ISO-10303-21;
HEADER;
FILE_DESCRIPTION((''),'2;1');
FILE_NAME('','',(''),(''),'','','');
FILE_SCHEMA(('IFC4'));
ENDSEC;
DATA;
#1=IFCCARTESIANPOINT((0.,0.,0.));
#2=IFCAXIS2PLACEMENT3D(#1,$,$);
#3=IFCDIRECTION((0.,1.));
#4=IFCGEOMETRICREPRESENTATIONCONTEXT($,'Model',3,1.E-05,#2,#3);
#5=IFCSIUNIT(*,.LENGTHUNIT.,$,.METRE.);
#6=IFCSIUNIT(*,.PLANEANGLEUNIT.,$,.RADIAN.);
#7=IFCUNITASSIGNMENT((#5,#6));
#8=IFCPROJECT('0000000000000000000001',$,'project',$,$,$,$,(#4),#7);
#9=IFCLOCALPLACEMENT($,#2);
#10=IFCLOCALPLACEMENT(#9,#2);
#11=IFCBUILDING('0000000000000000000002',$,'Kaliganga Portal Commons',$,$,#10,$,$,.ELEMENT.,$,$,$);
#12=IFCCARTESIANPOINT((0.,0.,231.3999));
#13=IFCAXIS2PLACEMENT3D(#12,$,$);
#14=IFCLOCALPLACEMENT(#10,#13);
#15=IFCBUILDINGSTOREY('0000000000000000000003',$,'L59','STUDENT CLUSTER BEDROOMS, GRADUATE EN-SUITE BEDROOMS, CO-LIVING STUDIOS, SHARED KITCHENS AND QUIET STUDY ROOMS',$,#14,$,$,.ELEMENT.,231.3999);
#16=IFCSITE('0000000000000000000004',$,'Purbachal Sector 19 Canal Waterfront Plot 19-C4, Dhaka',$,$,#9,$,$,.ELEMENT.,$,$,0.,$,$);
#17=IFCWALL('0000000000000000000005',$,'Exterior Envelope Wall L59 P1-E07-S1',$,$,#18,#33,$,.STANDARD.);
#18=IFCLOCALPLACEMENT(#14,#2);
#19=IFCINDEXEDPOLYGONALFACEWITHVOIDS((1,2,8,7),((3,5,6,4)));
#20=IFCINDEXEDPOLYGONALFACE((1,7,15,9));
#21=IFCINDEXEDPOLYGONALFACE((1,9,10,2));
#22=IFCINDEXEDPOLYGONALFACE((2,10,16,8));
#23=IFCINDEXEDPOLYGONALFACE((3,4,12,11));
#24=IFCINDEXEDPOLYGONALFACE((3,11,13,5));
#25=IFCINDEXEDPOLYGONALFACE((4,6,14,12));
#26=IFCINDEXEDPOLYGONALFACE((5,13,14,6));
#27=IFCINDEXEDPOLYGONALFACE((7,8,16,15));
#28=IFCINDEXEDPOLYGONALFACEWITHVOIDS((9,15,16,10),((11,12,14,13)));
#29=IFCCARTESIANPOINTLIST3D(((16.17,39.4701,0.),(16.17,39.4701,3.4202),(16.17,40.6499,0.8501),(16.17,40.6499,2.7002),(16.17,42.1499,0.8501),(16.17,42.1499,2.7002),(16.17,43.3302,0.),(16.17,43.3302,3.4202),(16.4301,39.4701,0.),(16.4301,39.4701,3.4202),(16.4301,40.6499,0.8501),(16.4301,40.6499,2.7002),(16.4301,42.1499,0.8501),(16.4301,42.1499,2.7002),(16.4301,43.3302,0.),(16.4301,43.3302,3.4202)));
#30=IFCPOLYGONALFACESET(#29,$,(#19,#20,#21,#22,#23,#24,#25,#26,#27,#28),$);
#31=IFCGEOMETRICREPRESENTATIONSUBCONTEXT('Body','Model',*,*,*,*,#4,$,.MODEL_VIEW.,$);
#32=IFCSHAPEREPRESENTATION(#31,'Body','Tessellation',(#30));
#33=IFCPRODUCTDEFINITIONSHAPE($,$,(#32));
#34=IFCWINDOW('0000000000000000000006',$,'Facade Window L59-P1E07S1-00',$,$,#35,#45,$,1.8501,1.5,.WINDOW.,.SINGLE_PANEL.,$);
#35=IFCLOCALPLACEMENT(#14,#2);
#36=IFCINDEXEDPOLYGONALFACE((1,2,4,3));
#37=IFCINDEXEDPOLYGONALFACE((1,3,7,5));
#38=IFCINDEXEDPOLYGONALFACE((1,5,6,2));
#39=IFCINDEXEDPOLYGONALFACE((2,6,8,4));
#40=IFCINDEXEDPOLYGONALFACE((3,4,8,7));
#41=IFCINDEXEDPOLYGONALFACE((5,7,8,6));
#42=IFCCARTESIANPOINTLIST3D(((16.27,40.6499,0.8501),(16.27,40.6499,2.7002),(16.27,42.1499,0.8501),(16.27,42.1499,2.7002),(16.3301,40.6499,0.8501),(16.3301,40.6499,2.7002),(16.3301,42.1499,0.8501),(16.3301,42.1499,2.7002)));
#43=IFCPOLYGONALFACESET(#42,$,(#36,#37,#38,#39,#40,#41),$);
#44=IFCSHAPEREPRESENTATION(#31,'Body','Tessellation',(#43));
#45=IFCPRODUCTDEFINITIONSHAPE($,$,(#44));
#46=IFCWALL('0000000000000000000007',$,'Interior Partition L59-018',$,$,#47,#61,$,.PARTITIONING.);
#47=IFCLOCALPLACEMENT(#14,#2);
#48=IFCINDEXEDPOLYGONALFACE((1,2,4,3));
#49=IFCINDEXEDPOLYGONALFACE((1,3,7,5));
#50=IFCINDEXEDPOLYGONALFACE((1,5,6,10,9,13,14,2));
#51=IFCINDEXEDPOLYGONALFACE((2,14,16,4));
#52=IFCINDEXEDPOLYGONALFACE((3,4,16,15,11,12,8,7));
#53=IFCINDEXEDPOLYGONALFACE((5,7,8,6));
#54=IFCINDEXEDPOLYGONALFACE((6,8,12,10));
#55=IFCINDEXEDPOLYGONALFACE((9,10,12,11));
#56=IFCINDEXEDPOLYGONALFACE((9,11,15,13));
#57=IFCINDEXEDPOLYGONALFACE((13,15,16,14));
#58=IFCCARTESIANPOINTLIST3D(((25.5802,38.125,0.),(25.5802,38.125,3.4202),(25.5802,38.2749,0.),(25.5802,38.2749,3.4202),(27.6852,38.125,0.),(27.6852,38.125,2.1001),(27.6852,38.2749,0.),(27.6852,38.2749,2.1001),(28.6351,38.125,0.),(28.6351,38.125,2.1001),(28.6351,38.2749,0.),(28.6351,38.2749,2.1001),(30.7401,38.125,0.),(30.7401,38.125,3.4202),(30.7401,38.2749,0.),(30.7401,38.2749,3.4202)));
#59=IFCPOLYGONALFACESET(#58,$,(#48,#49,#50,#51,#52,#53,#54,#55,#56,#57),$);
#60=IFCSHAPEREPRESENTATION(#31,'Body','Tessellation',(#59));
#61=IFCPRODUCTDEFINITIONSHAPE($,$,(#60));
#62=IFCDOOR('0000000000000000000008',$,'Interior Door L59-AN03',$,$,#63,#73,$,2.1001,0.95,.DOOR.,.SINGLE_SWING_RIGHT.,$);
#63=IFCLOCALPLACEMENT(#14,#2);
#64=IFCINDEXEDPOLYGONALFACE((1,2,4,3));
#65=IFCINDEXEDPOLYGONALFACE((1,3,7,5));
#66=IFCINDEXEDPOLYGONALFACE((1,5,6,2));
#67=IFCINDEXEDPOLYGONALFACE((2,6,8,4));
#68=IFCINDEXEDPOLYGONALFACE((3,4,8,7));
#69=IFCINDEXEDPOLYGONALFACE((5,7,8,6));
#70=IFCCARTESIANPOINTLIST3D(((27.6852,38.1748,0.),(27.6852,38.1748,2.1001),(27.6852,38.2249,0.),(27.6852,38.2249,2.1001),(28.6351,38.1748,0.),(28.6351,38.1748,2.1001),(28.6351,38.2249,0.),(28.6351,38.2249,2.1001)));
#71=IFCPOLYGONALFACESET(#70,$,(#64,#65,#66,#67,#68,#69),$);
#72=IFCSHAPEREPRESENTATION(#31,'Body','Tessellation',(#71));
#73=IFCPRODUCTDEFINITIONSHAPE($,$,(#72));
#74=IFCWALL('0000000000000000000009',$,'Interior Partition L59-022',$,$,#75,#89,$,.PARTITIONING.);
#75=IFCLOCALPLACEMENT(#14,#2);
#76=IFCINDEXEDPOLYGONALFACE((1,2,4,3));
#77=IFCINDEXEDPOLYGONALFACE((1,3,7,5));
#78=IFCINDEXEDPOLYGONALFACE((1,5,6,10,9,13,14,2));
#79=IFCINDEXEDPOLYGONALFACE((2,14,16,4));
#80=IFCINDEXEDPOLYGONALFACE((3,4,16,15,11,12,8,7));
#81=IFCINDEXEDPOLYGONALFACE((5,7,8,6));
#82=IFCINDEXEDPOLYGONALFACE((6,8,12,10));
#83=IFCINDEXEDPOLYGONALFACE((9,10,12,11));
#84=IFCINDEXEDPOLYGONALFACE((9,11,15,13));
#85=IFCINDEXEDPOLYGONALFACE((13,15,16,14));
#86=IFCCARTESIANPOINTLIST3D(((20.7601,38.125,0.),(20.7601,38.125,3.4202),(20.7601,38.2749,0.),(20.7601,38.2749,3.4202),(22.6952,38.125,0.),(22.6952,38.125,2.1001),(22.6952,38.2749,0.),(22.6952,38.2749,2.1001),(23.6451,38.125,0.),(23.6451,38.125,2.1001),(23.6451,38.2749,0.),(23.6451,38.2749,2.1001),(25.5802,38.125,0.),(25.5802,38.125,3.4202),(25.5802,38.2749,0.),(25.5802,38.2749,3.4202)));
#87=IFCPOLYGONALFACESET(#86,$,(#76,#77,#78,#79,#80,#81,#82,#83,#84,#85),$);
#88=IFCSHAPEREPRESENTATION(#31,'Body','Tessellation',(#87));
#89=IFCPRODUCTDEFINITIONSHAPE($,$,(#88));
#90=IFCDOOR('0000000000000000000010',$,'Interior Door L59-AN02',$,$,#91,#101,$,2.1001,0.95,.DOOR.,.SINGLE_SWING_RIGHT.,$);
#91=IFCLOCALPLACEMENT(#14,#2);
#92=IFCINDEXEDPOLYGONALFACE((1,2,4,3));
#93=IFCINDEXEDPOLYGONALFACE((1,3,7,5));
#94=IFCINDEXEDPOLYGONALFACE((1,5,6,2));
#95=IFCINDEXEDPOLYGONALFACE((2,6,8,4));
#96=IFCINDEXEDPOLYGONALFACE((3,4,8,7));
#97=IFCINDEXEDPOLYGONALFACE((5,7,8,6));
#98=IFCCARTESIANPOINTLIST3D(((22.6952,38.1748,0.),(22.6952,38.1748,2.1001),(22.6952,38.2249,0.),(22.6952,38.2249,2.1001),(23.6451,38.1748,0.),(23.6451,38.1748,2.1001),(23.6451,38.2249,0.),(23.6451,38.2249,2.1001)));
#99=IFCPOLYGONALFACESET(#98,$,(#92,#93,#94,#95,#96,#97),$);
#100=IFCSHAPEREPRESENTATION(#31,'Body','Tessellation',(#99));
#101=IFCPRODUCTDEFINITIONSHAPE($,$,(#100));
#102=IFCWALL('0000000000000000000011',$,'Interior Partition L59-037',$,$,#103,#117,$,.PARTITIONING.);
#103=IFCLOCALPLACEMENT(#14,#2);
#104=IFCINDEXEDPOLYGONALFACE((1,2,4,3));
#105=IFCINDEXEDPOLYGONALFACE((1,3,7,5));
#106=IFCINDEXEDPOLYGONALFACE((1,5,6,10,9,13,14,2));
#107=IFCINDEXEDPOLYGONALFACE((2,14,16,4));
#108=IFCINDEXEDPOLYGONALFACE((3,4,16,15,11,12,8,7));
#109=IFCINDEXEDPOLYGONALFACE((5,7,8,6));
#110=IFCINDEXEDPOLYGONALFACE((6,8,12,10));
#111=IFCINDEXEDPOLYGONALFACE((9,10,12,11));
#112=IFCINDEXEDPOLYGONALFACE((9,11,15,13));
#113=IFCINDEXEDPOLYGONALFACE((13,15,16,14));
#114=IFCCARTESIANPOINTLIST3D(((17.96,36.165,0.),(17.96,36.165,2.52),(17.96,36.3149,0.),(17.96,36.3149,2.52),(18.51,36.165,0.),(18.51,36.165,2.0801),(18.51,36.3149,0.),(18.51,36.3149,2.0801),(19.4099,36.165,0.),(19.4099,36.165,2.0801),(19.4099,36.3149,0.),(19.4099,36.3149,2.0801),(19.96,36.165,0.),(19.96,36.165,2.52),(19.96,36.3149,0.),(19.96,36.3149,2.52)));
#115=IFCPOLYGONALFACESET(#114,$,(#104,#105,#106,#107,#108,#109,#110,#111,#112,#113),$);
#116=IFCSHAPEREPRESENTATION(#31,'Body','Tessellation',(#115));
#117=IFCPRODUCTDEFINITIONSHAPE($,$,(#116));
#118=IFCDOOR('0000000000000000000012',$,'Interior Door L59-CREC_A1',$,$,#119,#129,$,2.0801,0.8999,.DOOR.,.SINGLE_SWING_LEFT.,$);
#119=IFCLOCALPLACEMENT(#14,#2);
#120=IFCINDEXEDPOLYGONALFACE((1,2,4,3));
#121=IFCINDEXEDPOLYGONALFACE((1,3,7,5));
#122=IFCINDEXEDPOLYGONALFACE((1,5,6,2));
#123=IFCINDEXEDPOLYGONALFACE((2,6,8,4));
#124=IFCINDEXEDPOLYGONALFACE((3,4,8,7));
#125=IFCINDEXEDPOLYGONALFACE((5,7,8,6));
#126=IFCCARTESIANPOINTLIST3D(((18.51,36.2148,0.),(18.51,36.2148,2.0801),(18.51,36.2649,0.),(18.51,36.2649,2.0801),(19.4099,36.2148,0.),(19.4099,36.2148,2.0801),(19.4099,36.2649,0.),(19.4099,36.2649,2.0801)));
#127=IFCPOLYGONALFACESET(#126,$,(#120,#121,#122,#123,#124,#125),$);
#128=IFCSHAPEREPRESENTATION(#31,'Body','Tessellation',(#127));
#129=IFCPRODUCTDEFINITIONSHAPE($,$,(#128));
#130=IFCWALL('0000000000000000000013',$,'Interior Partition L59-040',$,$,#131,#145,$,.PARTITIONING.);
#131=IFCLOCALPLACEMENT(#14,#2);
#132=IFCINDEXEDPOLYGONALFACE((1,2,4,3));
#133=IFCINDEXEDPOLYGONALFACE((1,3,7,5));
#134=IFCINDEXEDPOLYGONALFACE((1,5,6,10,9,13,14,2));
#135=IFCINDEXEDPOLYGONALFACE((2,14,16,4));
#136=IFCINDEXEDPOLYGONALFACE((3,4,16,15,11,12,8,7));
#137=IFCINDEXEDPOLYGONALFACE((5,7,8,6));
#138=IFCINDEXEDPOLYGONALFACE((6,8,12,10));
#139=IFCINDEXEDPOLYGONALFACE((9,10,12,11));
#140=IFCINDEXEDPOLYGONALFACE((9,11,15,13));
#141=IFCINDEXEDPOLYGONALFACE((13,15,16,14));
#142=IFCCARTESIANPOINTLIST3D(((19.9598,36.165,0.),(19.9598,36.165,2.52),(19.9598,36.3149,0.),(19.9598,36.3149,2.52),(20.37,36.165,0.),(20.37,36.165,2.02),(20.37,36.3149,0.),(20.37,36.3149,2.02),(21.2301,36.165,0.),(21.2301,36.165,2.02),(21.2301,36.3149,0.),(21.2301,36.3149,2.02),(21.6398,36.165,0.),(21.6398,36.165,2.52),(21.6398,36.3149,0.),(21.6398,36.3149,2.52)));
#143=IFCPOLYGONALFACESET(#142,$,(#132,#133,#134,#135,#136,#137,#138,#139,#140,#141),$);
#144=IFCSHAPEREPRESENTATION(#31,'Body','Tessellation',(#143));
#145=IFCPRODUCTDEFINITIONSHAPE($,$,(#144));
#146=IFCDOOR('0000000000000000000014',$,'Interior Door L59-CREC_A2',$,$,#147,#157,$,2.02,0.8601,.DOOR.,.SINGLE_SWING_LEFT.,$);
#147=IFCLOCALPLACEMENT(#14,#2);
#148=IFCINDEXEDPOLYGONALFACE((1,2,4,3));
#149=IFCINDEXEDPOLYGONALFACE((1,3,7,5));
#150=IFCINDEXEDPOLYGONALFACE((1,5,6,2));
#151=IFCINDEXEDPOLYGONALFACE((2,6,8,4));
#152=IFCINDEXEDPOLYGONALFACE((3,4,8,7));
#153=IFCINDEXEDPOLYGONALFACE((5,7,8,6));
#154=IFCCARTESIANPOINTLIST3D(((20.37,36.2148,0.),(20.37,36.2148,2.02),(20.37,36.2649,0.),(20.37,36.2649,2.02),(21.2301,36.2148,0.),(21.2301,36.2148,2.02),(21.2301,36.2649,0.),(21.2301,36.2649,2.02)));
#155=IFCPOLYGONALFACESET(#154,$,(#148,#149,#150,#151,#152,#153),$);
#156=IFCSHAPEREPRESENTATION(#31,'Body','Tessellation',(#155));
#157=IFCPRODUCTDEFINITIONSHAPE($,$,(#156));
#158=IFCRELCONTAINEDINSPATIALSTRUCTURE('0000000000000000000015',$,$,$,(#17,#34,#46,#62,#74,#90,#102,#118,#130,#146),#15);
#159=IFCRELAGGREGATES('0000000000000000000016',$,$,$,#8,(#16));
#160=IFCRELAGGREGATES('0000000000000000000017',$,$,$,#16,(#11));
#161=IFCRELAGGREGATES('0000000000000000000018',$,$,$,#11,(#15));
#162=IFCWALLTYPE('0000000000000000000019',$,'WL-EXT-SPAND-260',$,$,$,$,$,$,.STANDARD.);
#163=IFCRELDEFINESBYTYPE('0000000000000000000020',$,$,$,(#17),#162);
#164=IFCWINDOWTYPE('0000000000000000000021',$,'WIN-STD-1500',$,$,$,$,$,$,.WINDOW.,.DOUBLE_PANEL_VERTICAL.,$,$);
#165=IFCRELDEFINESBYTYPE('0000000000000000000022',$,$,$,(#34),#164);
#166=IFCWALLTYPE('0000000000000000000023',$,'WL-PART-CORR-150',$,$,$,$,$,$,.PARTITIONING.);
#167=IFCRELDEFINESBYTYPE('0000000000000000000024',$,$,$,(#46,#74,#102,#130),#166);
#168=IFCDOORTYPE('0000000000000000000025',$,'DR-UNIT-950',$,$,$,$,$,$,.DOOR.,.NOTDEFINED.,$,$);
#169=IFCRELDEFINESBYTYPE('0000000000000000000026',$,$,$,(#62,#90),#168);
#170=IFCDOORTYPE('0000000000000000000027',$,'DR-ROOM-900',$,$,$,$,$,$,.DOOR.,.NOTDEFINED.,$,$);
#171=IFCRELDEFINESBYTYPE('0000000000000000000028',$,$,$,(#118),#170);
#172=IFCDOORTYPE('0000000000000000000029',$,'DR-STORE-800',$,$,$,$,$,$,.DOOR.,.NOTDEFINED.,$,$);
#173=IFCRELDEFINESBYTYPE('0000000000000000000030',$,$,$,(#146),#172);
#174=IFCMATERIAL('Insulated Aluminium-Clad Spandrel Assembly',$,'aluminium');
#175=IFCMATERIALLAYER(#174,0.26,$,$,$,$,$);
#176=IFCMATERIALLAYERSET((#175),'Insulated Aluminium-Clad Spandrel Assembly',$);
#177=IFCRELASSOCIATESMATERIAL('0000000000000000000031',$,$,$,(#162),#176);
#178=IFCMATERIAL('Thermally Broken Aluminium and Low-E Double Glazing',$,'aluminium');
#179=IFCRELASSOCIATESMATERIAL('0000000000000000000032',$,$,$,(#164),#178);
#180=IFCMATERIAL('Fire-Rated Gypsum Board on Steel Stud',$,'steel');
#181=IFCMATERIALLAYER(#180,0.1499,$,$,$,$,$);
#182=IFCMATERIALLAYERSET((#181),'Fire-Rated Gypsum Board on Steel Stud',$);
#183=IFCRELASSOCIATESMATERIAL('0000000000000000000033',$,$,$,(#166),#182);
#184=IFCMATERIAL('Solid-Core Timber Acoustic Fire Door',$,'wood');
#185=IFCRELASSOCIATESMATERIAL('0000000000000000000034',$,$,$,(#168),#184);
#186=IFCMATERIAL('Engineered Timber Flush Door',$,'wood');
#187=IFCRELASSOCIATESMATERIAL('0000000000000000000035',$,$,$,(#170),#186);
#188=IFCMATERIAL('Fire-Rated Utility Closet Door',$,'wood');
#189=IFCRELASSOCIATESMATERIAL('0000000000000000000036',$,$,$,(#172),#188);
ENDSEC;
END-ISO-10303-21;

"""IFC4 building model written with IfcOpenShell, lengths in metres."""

from ifc_helpers import new_model, si_unit, direction, frame, frame_2d, origin, place, context, subcontext, project, spatial, rectangle, extrude, material, layer, layer_set, type_object, element, fill, save


model = new_model("IFC4")

# Units and contexts
model_context = context("Model", 3, precision=1e-05, world=origin(), true_north=direction((0.0, 1.0)))
body_context = subcontext(model_context, "Body", "Model", "MODEL_VIEW")
ifc_project = project(units=[si_unit("LENGTHUNIT", "METRE"), si_unit("PLANEANGLEUNIT", "RADIAN")], contexts=[model_context])

# Site, building, storey
site_placement = place(None, origin())
site = spatial("IfcSite", under=ifc_project, at=site_placement, Name="Purbachal Sector 19 Canal Waterfront Plot 19-C4, Dhaka", CompositionType="ELEMENT", RefElevation=0.0)
building_placement = place(site_placement, origin())
building = spatial("IfcBuilding", under=site, at=building_placement, Name="Kaliganga Portal Commons", CompositionType="ELEMENT")
storey_placement = place(building_placement, frame((0.0, 0.0, 231.3999)))
storey = spatial("IfcBuildingStorey", under=building, at=storey_placement, Name="L59", Description="STUDENT CLUSTER BEDROOMS, GRADUATE EN-SUITE BEDROOMS, CO-LIVING STUDIOS, SHARED KITCHENS AND QUIET STUDY ROOMS", CompositionType="ELEMENT", Elevation=231.3999)

# Shared definitions
ifc_material_1 = material(Name="Insulated Aluminium-Clad Spandrel Assembly", Category="aluminium")
ifc_layer_1 = layer(ifc_material_1, 0.26)
ifc_layer_set_1 = layer_set([ifc_layer_1], Name="Insulated Aluminium-Clad Spandrel Assembly")
wall_type_1 = type_object("IfcWallType", Name="WL-EXT-SPAND-260", PredefinedType="STANDARD", material=ifc_layer_set_1)
ifc_material_2 = material(Name="Thermally Broken Aluminium and Low-E Double Glazing", Category="aluminium")

# Wall, opening, window
wall_1_placement = place(storey_placement, frame((16.3, 39.47, 0.0), z_axis=(0.0, 0.0, 1.0), x_axis=(0.0, 1.0, 0.0)))
wall_1 = element("IfcWall", 1, at=wall_1_placement, inside=storey, type_object=wall_type_1, Name="Exterior Envelope Wall L59 P1-E07-S1", PredefinedType="STANDARD", context=body_context, shape_type="SweptSolid", body=[
    extrude(rectangle(XDim=3.8601, YDim=0.26, at=frame_2d((1.9302, 0.0))), origin(), (0.0, 0.0, 1.0), 3.4202),
])
opening_1_placement = place(wall_1_placement, frame((1.1799, 0.0, 0.8501)))
opening_1 = element("IfcOpeningElement", 2, at=opening_1_placement, cuts=wall_1, PredefinedType="OPENING", context=body_context, shape_type="SweptSolid", body=[
    extrude(rectangle(XDim=1.5, YDim=1.8501, at=frame_2d((0.75, 0.925))), frame((0.0, 0.1401, 0.0), z_axis=(0.0, -1.0, 0.0), x_axis=(1.0, 0.0, 0.0)), (0.0, 0.0, 1.0), 0.28),
])
window_type_1 = type_object("IfcWindowType", Name="WIN-STD-1500", PartitioningType="DOUBLE_PANEL_VERTICAL", PredefinedType="WINDOW", material=ifc_material_2)
window_1_placement = place(opening_1_placement, origin())
window_1 = element("IfcWindow", 3, at=window_1_placement, inside=storey, type_object=window_type_1, Name="Facade Window L59-P1E07S1-00", OverallHeight=1.8501, OverallWidth=1.5, PartitioningType="SINGLE_PANEL", PredefinedType="WINDOW", context=body_context, shape_type="SweptSolid", body=[
    extrude(rectangle(XDim=1.5, YDim=1.8501, at=frame_2d((0.75, 0.925))), frame((0.0, 0.03, 0.0), z_axis=(0.0, -1.0, 0.0), x_axis=(1.0, 0.0, 0.0)), (0.0, 0.0, 1.0), 0.0601),
])
fill(opening_1, window_1)

# Walls, openings, doors
ifc_material_3 = material(Name="Fire-Rated Gypsum Board on Steel Stud", Category="steel")
ifc_layer_2 = layer(ifc_material_3, 0.1499)
ifc_layer_set_2 = layer_set([ifc_layer_2], Name="Fire-Rated Gypsum Board on Steel Stud")
wall_type_2 = type_object("IfcWallType", Name="WL-PART-CORR-150", PredefinedType="PARTITIONING", material=ifc_layer_set_2)
wall_2_placement = place(storey_placement, frame((25.5801, 38.2, 0.0), z_axis=(0.0, 0.0, 1.0), x_axis=(1.0, 0.0, 0.0)))
wall_2 = element("IfcWall", 4, at=wall_2_placement, inside=storey, type_object=wall_type_2, Name="Interior Partition L59-018", PredefinedType="PARTITIONING", context=body_context, shape_type="SweptSolid", body=[
    extrude(rectangle(XDim=5.1599, YDim=0.1499, at=frame_2d((2.5801, 0.0))), origin(), (0.0, 0.0, 1.0), 3.4202),
])
opening_2_placement = place(wall_2_placement, frame((2.105, 0.0, 0.0)))
opening_2 = element("IfcOpeningElement", 5, at=opening_2_placement, cuts=wall_2, PredefinedType="OPENING", context=body_context, shape_type="SweptSolid", body=[
    extrude(rectangle(XDim=0.95, YDim=2.1001, at=frame_2d((0.4751, 1.05))), frame((0.0, 0.085, 0.0), z_axis=(0.0, -1.0, 0.0), x_axis=(1.0, 0.0, 0.0)), (0.0, 0.0, 1.0), 0.1699),
])
ifc_material_4 = material(Name="Solid-Core Timber Acoustic Fire Door", Category="wood")
door_type_1 = type_object("IfcDoorType", Name="DR-UNIT-950", OperationType="NOTDEFINED", PredefinedType="DOOR", material=ifc_material_4)
door_1_placement = place(opening_2_placement, origin())
door_1 = element("IfcDoor", 6, at=door_1_placement, inside=storey, type_object=door_type_1, Name="Interior Door L59-AN03", OperationType="SINGLE_SWING_RIGHT", OverallHeight=2.1001, OverallWidth=0.95, PredefinedType="DOOR", context=body_context, shape_type="SweptSolid", body=[
    extrude(rectangle(XDim=0.95, YDim=2.1001, at=frame_2d((0.4751, 1.05))), frame((0.0, 0.0249, 0.0), z_axis=(0.0, -1.0, 0.0), x_axis=(1.0, 0.0, 0.0)), (0.0, 0.0, 1.0), 0.05),
])
fill(opening_2, door_1)
wall_3_placement = place(storey_placement, frame((20.76, 38.2, 0.0), z_axis=(0.0, 0.0, 1.0), x_axis=(1.0, 0.0, 0.0)))
wall_3 = element("IfcWall", 7, at=wall_3_placement, inside=storey, type_object=wall_type_2, Name="Interior Partition L59-022", PredefinedType="PARTITIONING", context=body_context, shape_type="SweptSolid", body=[
    extrude(rectangle(XDim=4.8201, YDim=0.1499, at=frame_2d((2.4102, 0.0))), origin(), (0.0, 0.0, 1.0), 3.4202),
])
opening_3_placement = place(wall_3_placement, frame((1.9351, 0.0, 0.0)))
opening_3 = element("IfcOpeningElement", 8, at=opening_3_placement, cuts=wall_3, PredefinedType="OPENING", context=body_context, shape_type="SweptSolid", body=[
    extrude(rectangle(XDim=0.95, YDim=2.1001, at=frame_2d((0.4751, 1.05))), frame((0.0, 0.085, 0.0), z_axis=(0.0, -1.0, 0.0), x_axis=(1.0, 0.0, 0.0)), (0.0, 0.0, 1.0), 0.1699),
])
door_2_placement = place(opening_3_placement, origin())
door_2 = element("IfcDoor", 9, at=door_2_placement, inside=storey, type_object=door_type_1, Name="Interior Door L59-AN02", OperationType="SINGLE_SWING_RIGHT", OverallHeight=2.1001, OverallWidth=0.95, PredefinedType="DOOR", context=body_context, shape_type="SweptSolid", body=[
    extrude(rectangle(XDim=0.95, YDim=2.1001, at=frame_2d((0.4751, 1.05))), frame((0.0, 0.0249, 0.0), z_axis=(0.0, -1.0, 0.0), x_axis=(1.0, 0.0, 0.0)), (0.0, 0.0, 1.0), 0.05),
])
fill(opening_3, door_2)
wall_4_placement = place(storey_placement, frame((17.96, 36.24, 0.0), z_axis=(0.0, 0.0, 1.0), x_axis=(1.0, 0.0, 0.0)))
wall_4 = element("IfcWall", 10, at=wall_4_placement, inside=storey, type_object=wall_type_2, Name="Interior Partition L59-037", PredefinedType="PARTITIONING", context=body_context, shape_type="SweptSolid", body=[
    extrude(rectangle(XDim=2.0, YDim=0.1499, at=frame_2d((1.0, 0.0))), origin(), (0.0, 0.0, 1.0), 2.52),
])
opening_4_placement = place(wall_4_placement, frame((0.55, 0.0, 0.0)))
opening_4 = element("IfcOpeningElement", 11, at=opening_4_placement, cuts=wall_4, PredefinedType="OPENING", context=body_context, shape_type="SweptSolid", body=[
    extrude(rectangle(XDim=0.8999, YDim=2.0801, at=frame_2d((0.45, 1.04))), frame((0.0, 0.085, 0.0), z_axis=(0.0, -1.0, 0.0), x_axis=(1.0, 0.0, 0.0)), (0.0, 0.0, 1.0), 0.1699),
])
ifc_material_5 = material(Name="Engineered Timber Flush Door", Category="wood")
door_type_2 = type_object("IfcDoorType", Name="DR-ROOM-900", OperationType="NOTDEFINED", PredefinedType="DOOR", material=ifc_material_5)
door_3_placement = place(opening_4_placement, origin())
door_3 = element("IfcDoor", 12, at=door_3_placement, inside=storey, type_object=door_type_2, Name="Interior Door L59-CREC_A1", OperationType="SINGLE_SWING_LEFT", OverallHeight=2.0801, OverallWidth=0.8999, PredefinedType="DOOR", context=body_context, shape_type="SweptSolid", body=[
    extrude(rectangle(XDim=0.8999, YDim=2.0801, at=frame_2d((0.45, 1.04))), frame((0.0, 0.0249, 0.0), z_axis=(0.0, -1.0, 0.0), x_axis=(1.0, 0.0, 0.0)), (0.0, 0.0, 1.0), 0.05),
])
fill(opening_4, door_3)
wall_5_placement = place(storey_placement, frame((19.96, 36.24, 0.0), z_axis=(0.0, 0.0, 1.0), x_axis=(1.0, 0.0, 0.0)))
wall_5 = element("IfcWall", 13, at=wall_5_placement, inside=storey, type_object=wall_type_2, Name="Interior Partition L59-040", PredefinedType="PARTITIONING", context=body_context, shape_type="SweptSolid", body=[
    extrude(rectangle(XDim=1.6799, YDim=0.1499, at=frame_2d((0.8398, 0.0))), origin(), (0.0, 0.0, 1.0), 2.52),
])
opening_5_placement = place(wall_5_placement, frame((0.4099, 0.0, 0.0)))
opening_5 = element("IfcOpeningElement", 14, at=opening_5_placement, cuts=wall_5, PredefinedType="OPENING", context=body_context, shape_type="SweptSolid", body=[
    extrude(rectangle(XDim=0.8601, YDim=2.02, at=frame_2d((0.4302, 1.01))), frame((0.0, 0.085, 0.0), z_axis=(0.0, -1.0, 0.0), x_axis=(1.0, 0.0, 0.0)), (0.0, 0.0, 1.0), 0.1699),
])
ifc_material_6 = material(Name="Fire-Rated Utility Closet Door", Category="wood")
door_type_3 = type_object("IfcDoorType", Name="DR-STORE-800", OperationType="NOTDEFINED", PredefinedType="DOOR", material=ifc_material_6)
door_4_placement = place(opening_5_placement, origin())
door_4 = element("IfcDoor", 15, at=door_4_placement, inside=storey, type_object=door_type_3, Name="Interior Door L59-CREC_A2", OperationType="SINGLE_SWING_LEFT", OverallHeight=2.02, OverallWidth=0.8601, PredefinedType="DOOR", context=body_context, shape_type="SweptSolid", body=[
    extrude(rectangle(XDim=0.8601, YDim=2.02, at=frame_2d((0.4302, 1.01))), frame((0.0, 0.0249, 0.0), z_axis=(0.0, -1.0, 0.0), x_axis=(1.0, 0.0, 0.0)), (0.0, 0.0, 1.0), 0.05),
])
fill(opening_5, door_4)

save(model, "model.ifc")
